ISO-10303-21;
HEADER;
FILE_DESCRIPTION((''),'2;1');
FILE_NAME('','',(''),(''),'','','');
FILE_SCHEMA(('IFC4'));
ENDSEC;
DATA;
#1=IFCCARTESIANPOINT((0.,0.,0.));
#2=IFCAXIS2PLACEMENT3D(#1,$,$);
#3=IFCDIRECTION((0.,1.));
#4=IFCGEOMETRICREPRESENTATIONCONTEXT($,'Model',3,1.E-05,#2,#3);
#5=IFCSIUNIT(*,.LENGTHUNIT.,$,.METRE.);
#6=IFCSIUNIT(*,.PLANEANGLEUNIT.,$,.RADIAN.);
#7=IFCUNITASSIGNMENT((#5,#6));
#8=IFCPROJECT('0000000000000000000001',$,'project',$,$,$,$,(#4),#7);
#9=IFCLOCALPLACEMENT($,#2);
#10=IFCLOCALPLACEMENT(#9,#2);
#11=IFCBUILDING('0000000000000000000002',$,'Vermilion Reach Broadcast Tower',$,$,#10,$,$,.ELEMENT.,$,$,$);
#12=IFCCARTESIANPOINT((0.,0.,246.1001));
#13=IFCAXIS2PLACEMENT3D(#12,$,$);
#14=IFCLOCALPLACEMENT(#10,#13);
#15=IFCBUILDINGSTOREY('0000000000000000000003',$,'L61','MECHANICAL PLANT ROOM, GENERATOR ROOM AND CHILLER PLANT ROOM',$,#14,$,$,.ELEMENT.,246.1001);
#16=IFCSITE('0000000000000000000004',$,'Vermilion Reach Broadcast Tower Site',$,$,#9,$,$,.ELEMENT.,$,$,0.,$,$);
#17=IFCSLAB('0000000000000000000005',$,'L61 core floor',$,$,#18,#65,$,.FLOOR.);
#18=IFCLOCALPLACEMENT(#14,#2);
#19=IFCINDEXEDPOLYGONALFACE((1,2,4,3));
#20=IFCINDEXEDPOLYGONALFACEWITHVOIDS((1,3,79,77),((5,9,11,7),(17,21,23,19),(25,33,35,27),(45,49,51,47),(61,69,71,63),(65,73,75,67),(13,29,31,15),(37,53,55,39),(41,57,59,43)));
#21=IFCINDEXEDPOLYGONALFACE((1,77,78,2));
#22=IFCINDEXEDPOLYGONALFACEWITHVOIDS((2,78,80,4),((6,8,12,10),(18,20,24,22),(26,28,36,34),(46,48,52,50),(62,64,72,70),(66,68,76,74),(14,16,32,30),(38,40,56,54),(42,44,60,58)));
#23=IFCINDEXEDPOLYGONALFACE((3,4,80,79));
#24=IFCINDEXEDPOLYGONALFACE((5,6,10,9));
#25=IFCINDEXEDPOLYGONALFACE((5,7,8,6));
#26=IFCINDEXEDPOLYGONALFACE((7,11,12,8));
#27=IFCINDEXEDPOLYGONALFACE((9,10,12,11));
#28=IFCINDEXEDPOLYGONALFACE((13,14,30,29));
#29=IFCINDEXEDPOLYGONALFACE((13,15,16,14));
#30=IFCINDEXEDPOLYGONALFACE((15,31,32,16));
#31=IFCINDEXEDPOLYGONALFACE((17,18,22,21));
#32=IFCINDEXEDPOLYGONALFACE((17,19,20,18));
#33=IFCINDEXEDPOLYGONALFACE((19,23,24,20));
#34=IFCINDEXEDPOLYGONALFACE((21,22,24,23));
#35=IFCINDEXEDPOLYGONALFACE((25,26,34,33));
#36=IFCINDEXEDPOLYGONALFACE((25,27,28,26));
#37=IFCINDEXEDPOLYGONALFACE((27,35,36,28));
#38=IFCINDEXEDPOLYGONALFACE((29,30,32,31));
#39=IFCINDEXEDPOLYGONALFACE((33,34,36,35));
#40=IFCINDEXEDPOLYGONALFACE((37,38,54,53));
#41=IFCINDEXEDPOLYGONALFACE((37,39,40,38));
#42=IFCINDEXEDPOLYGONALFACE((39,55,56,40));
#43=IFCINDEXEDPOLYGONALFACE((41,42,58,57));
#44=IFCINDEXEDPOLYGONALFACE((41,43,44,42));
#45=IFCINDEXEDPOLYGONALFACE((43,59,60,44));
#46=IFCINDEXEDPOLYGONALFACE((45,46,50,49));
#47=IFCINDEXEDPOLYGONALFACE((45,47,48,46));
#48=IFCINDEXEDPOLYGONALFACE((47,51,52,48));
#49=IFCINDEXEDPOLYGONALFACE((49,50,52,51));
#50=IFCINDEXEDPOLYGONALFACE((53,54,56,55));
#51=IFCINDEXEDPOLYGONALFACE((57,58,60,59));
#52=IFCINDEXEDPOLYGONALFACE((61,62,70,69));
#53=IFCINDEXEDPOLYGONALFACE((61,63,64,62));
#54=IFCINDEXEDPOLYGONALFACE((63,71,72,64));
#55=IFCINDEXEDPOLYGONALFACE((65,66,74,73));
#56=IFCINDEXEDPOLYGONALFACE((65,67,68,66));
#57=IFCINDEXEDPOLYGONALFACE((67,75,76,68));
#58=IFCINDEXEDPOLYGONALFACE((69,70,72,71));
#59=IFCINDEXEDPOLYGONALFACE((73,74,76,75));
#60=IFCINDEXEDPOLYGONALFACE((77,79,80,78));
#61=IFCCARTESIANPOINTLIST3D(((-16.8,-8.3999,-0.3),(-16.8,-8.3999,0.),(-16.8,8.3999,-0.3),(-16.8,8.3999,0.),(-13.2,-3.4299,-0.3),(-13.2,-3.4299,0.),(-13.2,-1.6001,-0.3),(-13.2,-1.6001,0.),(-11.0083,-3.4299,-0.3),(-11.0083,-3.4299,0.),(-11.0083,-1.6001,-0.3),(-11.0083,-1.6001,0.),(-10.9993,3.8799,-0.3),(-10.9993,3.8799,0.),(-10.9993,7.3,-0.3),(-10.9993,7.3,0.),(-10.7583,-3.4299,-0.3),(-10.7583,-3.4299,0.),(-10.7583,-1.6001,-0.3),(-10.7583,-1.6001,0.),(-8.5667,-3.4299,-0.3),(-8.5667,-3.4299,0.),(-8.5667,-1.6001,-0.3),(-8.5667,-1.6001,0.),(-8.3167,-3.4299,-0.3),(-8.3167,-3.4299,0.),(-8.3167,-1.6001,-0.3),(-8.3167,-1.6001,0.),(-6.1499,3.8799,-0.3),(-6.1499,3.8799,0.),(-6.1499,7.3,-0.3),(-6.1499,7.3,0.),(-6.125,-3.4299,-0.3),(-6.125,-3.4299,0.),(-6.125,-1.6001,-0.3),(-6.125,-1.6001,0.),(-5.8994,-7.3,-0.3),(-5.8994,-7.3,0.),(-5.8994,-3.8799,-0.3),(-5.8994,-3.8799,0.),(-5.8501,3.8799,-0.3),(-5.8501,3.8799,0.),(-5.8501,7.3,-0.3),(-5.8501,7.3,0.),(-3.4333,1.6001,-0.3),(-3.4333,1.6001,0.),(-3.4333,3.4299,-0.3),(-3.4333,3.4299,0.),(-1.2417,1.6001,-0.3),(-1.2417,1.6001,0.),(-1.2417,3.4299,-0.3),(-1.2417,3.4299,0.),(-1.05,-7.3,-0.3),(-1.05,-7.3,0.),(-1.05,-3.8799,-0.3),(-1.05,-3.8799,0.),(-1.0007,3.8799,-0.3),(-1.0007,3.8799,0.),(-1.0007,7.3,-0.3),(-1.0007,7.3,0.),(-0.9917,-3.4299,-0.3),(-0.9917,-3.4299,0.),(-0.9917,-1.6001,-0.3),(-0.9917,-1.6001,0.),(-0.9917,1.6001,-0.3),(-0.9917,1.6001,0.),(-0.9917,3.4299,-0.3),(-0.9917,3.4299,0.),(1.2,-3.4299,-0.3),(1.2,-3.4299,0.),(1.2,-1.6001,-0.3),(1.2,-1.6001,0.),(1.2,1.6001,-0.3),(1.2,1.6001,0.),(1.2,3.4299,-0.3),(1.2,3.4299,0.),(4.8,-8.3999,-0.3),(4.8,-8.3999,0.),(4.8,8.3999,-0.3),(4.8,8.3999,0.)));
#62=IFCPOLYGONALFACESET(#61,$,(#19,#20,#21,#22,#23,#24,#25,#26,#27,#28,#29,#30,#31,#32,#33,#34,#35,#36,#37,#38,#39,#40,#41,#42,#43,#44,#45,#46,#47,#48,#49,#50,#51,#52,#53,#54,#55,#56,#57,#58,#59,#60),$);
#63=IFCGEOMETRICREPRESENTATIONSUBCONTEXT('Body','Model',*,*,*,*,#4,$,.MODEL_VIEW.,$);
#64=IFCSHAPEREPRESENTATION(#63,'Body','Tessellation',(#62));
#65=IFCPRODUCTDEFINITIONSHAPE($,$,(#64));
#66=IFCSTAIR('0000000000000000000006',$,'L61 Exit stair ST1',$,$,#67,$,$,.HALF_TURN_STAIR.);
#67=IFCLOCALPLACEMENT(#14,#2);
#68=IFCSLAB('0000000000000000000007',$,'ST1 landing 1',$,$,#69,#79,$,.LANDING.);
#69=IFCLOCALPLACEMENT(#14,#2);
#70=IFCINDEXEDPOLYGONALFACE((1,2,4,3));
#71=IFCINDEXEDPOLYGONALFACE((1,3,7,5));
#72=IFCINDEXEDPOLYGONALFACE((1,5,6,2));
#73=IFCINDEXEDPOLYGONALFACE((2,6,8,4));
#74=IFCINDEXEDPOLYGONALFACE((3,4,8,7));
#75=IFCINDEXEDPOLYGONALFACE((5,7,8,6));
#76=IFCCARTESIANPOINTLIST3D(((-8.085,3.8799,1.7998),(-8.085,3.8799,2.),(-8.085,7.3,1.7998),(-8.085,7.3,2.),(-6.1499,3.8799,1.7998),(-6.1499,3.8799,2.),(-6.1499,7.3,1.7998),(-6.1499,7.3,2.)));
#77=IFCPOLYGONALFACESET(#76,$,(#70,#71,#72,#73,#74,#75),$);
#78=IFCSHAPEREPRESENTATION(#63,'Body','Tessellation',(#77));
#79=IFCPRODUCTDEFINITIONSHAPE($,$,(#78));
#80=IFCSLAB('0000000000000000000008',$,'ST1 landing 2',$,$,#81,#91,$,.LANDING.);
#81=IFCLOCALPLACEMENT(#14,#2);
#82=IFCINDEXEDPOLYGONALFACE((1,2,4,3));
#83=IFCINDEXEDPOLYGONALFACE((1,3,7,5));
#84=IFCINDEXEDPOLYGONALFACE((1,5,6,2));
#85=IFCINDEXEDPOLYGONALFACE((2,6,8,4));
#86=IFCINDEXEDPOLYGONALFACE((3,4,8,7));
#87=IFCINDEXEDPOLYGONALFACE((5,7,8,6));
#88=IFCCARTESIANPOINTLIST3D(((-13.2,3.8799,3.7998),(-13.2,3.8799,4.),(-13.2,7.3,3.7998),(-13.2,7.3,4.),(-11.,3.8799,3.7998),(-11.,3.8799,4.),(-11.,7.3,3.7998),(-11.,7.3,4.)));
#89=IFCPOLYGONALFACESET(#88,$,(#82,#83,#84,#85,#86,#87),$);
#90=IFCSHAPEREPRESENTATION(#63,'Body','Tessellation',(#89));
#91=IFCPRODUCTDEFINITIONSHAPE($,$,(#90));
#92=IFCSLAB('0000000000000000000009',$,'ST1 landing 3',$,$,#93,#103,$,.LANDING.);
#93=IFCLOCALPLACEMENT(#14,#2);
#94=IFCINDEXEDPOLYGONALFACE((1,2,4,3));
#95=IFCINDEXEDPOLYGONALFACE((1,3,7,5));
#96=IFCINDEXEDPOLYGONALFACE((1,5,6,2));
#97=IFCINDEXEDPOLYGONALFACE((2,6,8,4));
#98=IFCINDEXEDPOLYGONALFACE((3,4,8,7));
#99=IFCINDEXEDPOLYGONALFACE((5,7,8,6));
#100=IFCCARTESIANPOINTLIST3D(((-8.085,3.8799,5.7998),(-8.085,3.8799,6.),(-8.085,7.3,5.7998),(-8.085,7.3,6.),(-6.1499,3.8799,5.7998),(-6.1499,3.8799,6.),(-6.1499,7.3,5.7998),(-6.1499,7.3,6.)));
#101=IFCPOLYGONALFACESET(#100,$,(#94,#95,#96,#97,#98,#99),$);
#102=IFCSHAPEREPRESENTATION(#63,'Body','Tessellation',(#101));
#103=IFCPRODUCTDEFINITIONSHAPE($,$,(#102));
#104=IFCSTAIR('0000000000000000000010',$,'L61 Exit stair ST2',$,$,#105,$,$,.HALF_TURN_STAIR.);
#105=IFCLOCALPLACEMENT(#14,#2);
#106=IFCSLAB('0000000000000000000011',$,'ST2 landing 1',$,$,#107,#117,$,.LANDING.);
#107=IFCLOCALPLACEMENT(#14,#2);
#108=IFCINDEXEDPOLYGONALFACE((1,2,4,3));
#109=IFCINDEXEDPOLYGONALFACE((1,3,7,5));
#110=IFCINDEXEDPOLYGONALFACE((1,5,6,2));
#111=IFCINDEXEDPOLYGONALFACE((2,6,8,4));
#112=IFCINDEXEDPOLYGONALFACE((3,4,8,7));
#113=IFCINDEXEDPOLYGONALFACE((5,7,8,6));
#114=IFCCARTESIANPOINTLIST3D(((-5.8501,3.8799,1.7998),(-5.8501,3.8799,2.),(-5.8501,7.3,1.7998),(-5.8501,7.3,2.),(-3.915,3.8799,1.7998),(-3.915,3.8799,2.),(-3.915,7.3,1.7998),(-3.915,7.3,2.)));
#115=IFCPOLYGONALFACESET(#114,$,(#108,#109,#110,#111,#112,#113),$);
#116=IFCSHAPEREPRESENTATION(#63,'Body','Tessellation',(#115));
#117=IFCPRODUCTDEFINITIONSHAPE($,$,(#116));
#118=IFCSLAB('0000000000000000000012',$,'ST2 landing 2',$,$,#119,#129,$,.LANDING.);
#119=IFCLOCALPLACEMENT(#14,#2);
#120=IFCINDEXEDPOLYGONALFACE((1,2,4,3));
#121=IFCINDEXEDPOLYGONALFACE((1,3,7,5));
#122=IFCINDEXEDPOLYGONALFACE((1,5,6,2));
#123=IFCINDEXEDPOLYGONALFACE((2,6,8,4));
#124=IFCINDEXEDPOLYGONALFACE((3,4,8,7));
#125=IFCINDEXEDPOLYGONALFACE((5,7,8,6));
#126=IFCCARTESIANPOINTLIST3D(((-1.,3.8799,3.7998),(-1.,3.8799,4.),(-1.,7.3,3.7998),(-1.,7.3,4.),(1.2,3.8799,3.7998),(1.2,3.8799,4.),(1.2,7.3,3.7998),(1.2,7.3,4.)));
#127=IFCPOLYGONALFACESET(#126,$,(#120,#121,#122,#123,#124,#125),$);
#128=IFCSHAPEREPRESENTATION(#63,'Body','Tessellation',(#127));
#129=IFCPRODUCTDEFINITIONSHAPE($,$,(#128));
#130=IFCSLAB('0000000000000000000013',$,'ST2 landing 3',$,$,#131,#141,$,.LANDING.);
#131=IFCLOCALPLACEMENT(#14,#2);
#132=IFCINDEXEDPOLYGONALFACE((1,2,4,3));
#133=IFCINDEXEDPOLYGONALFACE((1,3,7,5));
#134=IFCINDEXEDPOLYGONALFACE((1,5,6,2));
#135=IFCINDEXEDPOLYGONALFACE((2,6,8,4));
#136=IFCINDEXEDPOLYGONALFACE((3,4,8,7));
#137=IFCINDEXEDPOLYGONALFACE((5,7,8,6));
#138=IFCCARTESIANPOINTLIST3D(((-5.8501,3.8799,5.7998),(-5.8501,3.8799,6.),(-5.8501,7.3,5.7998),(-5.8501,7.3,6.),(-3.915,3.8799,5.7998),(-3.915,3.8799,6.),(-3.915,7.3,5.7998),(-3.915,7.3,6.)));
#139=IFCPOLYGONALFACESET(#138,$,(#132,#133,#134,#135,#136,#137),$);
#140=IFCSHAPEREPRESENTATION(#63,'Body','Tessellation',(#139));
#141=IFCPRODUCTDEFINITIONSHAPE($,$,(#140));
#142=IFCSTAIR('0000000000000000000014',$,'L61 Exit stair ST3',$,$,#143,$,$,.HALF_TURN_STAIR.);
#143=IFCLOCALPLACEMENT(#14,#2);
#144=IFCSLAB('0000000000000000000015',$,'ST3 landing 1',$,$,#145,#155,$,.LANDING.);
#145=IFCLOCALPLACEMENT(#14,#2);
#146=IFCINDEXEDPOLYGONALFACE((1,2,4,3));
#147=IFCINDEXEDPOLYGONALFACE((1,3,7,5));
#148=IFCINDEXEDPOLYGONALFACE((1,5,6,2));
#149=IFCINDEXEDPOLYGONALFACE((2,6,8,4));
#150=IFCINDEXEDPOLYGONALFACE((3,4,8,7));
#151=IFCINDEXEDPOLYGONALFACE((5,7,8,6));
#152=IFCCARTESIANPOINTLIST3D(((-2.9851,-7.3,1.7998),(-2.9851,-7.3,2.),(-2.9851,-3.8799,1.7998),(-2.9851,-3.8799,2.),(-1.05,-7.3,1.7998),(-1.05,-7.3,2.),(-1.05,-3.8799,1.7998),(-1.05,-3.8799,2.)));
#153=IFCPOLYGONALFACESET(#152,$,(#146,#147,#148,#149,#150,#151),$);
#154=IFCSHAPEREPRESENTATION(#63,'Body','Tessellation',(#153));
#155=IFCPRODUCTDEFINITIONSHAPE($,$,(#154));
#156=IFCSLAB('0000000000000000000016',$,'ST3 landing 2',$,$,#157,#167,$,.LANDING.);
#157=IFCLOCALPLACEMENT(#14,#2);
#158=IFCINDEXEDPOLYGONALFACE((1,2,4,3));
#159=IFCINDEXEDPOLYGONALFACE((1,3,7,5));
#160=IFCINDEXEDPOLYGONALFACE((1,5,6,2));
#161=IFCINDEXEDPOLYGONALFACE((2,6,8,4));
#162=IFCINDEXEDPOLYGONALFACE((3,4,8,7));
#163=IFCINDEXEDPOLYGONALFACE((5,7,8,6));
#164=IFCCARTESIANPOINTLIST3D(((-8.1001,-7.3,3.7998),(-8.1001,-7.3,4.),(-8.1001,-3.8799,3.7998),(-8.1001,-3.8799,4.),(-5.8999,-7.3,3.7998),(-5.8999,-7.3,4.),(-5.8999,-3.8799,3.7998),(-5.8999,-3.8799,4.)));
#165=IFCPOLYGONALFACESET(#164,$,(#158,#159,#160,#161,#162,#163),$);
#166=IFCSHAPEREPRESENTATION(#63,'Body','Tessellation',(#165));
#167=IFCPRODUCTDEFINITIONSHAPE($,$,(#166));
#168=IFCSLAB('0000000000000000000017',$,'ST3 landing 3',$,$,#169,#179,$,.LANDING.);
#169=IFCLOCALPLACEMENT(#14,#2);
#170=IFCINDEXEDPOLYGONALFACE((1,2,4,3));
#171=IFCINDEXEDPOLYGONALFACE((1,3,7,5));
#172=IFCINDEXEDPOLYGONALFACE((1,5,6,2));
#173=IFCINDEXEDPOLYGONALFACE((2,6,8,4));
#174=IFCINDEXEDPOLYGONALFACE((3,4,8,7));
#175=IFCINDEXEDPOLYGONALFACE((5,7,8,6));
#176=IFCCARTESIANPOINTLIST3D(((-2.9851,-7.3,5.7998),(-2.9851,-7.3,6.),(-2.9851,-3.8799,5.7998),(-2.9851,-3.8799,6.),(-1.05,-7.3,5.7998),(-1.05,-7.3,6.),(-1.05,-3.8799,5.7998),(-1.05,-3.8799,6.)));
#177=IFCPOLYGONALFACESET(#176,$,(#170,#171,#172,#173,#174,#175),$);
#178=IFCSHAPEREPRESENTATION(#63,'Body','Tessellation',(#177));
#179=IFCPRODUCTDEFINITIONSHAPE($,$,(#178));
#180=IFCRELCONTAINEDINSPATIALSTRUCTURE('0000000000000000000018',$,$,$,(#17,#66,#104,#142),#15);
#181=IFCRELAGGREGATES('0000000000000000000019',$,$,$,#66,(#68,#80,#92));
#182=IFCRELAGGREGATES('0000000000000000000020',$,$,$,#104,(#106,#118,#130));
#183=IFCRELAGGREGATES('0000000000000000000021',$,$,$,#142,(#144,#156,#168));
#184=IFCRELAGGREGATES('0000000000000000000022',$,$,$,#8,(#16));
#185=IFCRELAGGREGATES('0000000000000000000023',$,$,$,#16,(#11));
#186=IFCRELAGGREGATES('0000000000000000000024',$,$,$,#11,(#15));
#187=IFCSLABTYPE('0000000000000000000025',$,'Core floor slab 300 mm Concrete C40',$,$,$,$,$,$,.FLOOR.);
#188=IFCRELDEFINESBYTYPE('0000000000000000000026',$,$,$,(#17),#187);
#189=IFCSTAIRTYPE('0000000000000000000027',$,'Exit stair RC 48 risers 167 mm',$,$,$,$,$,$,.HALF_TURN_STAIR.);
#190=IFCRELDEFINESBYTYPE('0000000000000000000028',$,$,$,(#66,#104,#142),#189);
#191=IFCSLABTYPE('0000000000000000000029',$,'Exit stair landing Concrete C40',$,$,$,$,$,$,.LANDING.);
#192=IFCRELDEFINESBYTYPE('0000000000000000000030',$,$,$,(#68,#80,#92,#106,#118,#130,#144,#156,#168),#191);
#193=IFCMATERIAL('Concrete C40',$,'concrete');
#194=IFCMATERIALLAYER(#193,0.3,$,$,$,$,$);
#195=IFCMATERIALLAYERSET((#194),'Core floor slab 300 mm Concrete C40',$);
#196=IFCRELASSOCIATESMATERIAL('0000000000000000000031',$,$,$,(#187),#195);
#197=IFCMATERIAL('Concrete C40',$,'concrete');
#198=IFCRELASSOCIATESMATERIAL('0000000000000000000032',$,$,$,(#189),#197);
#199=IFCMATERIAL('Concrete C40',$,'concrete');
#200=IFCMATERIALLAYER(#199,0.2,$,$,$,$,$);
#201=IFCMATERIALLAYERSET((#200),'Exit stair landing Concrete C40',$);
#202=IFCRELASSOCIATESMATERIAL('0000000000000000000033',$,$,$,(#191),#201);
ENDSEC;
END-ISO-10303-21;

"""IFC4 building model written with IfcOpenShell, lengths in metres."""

from ifc_helpers import new_model, si_unit, direction, frame, origin, place, context, subcontext, project, spatial, polyline, outline, extrude, material, layer, layer_set, type_object, element, aggregate, save


model = new_model("IFC4")

# Units and contexts
model_context = context("Model", 3, precision=1e-05, world=origin(), true_north=direction((0.0, 1.0)))
body_context = subcontext(model_context, "Body", "Model", "MODEL_VIEW")
ifc_project = project(units=[si_unit("LENGTHUNIT", "METRE"), si_unit("PLANEANGLEUNIT", "RADIAN")], contexts=[model_context])

# Site, building, storey
site_placement = place(None, origin())
site = spatial("IfcSite", under=ifc_project, at=site_placement, Name="Vermilion Reach Broadcast Tower Site", CompositionType="ELEMENT", RefElevation=0.0)
building_placement = place(site_placement, origin())
building = spatial("IfcBuilding", under=site, at=building_placement, Name="Vermilion Reach Broadcast Tower", CompositionType="ELEMENT")
storey_placement = place(building_placement, frame((0.0, 0.0, 246.1001)))
storey = spatial("IfcBuildingStorey", under=building, at=storey_placement, Name="L61", Description="MECHANICAL PLANT ROOM, GENERATOR ROOM AND CHILLER PLANT ROOM", CompositionType="ELEMENT", Elevation=246.1001)

# Slab
ifc_material_1 = material(Name="Concrete C40", Category="concrete")
ifc_layer_1 = layer(ifc_material_1, 0.3)
ifc_layer_set_1 = layer_set([ifc_layer_1], Name="Core floor slab 300 mm Concrete C40")
slab_type_1 = type_object("IfcSlabType", Name="Core floor slab 300 mm Concrete C40", PredefinedType="FLOOR", material=ifc_layer_set_1)
slab_1_placement = place(storey_placement, frame((0.0, 0.0, -0.3)))
element("IfcSlab", 1, at=slab_1_placement, inside=storey, type_object=slab_type_1, Name="L61 core floor", PredefinedType="FLOOR", context=body_context, shape_type="SweptSolid", body=[
    extrude(outline(polyline([(-16.8, -8.3999), (4.8, -8.3999), (4.8, 8.3999), (-16.8, 8.3999), (-16.8, -8.3999)]), holes=[polyline([(-3.4333, 1.6001), (-1.2417, 1.6001), (-1.2417, 3.4299), (-3.4333, 3.4299), (-3.4333, 1.6001)]), polyline([(-0.9917, 1.6001), (1.2, 1.6001), (1.2, 3.4299), (-0.9917, 3.4299), (-0.9917, 1.6001)]), polyline([(-13.2, -3.4299), (-11.0083, -3.4299), (-11.0083, -1.6001), (-13.2, -1.6001), (-13.2, -3.4299)]), polyline([(-10.7583, -3.4299), (-8.5667, -3.4299), (-8.5667, -1.6001), (-10.7583, -1.6001), (-10.7583, -3.4299)]), polyline([(-8.3167, -3.4299), (-6.125, -3.4299), (-6.125, -1.6001), (-8.3167, -1.6001), (-8.3167, -3.4299)]), polyline([(-0.9917, -3.4299), (1.2, -3.4299), (1.2, -1.6001), (-0.9917, -1.6001), (-0.9917, -3.4299)]), polyline([(-10.9993, 3.8799), (-6.1499, 3.8799), (-6.1499, 7.3), (-10.9993, 7.3), (-10.9993, 3.8799)]), polyline([(-1.0007, 7.3), (-5.8501, 7.3), (-5.8501, 3.8799), (-1.0007, 3.8799), (-1.0007, 7.3)]), polyline([(-5.8994, -7.3), (-1.05, -7.3), (-1.05, -3.8799), (-5.8994, -3.8799), (-5.8994, -7.3)])]), origin(), (0.0, 0.0, 1.0), 0.3),
])

# Stairs, slabs
ifc_material_2 = material(Name="Concrete C40", Category="concrete")
stair_type = type_object("IfcStairType", Name="Exit stair RC 48 risers 167 mm", PredefinedType="HALF_TURN_STAIR", material=ifc_material_2)
placement_1 = place(storey_placement, origin())
stair_1 = element("IfcStair", 2, at=placement_1, inside=storey, type_object=stair_type, Name="L61 Exit stair ST1", PredefinedType="HALF_TURN_STAIR")
ifc_material_3 = material(Name="Concrete C40", Category="concrete")
ifc_layer_2 = layer(ifc_material_3, 0.2)
ifc_layer_set_2 = layer_set([ifc_layer_2], Name="Exit stair landing Concrete C40")
slab_type_2 = type_object("IfcSlabType", Name="Exit stair landing Concrete C40", PredefinedType="LANDING", material=ifc_layer_set_2)
placement_2 = place(storey_placement, frame((0.0, 0.0, 1.7998)))
slab_2 = element("IfcSlab", 3, at=placement_2, type_object=slab_type_2, Name="ST1 landing 1", PredefinedType="LANDING", context=body_context, shape_type="SweptSolid", body=[
    extrude(outline(polyline([(-8.085, 3.8799), (-6.1499, 3.8799), (-6.1499, 7.3), (-8.085, 7.3), (-8.085, 3.8799)])), origin(), (0.0, 0.0, 1.0), 0.2002),
])
placement_3 = place(storey_placement, frame((0.0, 0.0, 3.7998)))
slab_3 = element("IfcSlab", 4, at=placement_3, type_object=slab_type_2, Name="ST1 landing 2", PredefinedType="LANDING", context=body_context, shape_type="SweptSolid", body=[
    extrude(outline(polyline([(-13.2, 3.8799), (-11.0, 3.8799), (-11.0, 7.3), (-13.2, 7.3), (-13.2, 3.8799)])), origin(), (0.0, 0.0, 1.0), 0.2002),
])
placement_4 = place(storey_placement, frame((0.0, 0.0, 5.7998)))
slab_4 = element("IfcSlab", 5, at=placement_4, type_object=slab_type_2, Name="ST1 landing 3", PredefinedType="LANDING", context=body_context, shape_type="SweptSolid", body=[
    extrude(outline(polyline([(-8.085, 3.8799), (-6.1499, 3.8799), (-6.1499, 7.3), (-8.085, 7.3), (-8.085, 3.8799)])), origin(), (0.0, 0.0, 1.0), 0.2002),
])
aggregate(stair_1, [slab_2, slab_3, slab_4])
stair_2 = element("IfcStair", 6, at=placement_1, inside=storey, type_object=stair_type, Name="L61 Exit stair ST2", PredefinedType="HALF_TURN_STAIR")
slab_5 = element("IfcSlab", 7, at=placement_2, type_object=slab_type_2, Name="ST2 landing 1", PredefinedType="LANDING", context=body_context, shape_type="SweptSolid", body=[
    extrude(outline(polyline([(-3.915, 7.3), (-5.8501, 7.3), (-5.8501, 3.8799), (-3.915, 3.8799), (-3.915, 7.3)])), origin(), (0.0, 0.0, 1.0), 0.2002),
])
slab_6 = element("IfcSlab", 8, at=placement_3, type_object=slab_type_2, Name="ST2 landing 2", PredefinedType="LANDING", context=body_context, shape_type="SweptSolid", body=[
    extrude(outline(polyline([(1.2, 7.3), (-1.0, 7.3), (-1.0, 3.8799), (1.2, 3.8799), (1.2, 7.3)])), origin(), (0.0, 0.0, 1.0), 0.2002),
])
slab_7 = element("IfcSlab", 9, at=placement_4, type_object=slab_type_2, Name="ST2 landing 3", PredefinedType="LANDING", context=body_context, shape_type="SweptSolid", body=[
    extrude(outline(polyline([(-3.915, 7.3), (-5.8501, 7.3), (-5.8501, 3.8799), (-3.915, 3.8799), (-3.915, 7.3)])), origin(), (0.0, 0.0, 1.0), 0.2002),
])
aggregate(stair_2, [slab_5, slab_6, slab_7])
stair_3 = element("IfcStair", 10, at=placement_1, inside=storey, type_object=stair_type, Name="L61 Exit stair ST3", PredefinedType="HALF_TURN_STAIR")
slab_8 = element("IfcSlab", 11, at=placement_2, type_object=slab_type_2, Name="ST3 landing 1", PredefinedType="LANDING", context=body_context, shape_type="SweptSolid", body=[
    extrude(outline(polyline([(-2.9851, -7.3), (-1.05, -7.3), (-1.05, -3.8799), (-2.9851, -3.8799), (-2.9851, -7.3)])), origin(), (0.0, 0.0, 1.0), 0.2002),
])
slab_9 = element("IfcSlab", 12, at=placement_3, type_object=slab_type_2, Name="ST3 landing 2", PredefinedType="LANDING", context=body_context, shape_type="SweptSolid", body=[
    extrude(outline(polyline([(-8.1001, -7.3), (-5.8999, -7.3), (-5.8999, -3.8799), (-8.1001, -3.8799), (-8.1001, -7.3)])), origin(), (0.0, 0.0, 1.0), 0.2002),
])
slab_10 = element("IfcSlab", 13, at=placement_4, type_object=slab_type_2, Name="ST3 landing 3", PredefinedType="LANDING", context=body_context, shape_type="SweptSolid", body=[
    extrude(outline(polyline([(-2.9851, -7.3), (-1.05, -7.3), (-1.05, -3.8799), (-2.9851, -3.8799), (-2.9851, -7.3)])), origin(), (0.0, 0.0, 1.0), 0.2002),
])

aggregate(stair_3, [slab_8, slab_9, slab_10])

save(model, "model.ifc")
